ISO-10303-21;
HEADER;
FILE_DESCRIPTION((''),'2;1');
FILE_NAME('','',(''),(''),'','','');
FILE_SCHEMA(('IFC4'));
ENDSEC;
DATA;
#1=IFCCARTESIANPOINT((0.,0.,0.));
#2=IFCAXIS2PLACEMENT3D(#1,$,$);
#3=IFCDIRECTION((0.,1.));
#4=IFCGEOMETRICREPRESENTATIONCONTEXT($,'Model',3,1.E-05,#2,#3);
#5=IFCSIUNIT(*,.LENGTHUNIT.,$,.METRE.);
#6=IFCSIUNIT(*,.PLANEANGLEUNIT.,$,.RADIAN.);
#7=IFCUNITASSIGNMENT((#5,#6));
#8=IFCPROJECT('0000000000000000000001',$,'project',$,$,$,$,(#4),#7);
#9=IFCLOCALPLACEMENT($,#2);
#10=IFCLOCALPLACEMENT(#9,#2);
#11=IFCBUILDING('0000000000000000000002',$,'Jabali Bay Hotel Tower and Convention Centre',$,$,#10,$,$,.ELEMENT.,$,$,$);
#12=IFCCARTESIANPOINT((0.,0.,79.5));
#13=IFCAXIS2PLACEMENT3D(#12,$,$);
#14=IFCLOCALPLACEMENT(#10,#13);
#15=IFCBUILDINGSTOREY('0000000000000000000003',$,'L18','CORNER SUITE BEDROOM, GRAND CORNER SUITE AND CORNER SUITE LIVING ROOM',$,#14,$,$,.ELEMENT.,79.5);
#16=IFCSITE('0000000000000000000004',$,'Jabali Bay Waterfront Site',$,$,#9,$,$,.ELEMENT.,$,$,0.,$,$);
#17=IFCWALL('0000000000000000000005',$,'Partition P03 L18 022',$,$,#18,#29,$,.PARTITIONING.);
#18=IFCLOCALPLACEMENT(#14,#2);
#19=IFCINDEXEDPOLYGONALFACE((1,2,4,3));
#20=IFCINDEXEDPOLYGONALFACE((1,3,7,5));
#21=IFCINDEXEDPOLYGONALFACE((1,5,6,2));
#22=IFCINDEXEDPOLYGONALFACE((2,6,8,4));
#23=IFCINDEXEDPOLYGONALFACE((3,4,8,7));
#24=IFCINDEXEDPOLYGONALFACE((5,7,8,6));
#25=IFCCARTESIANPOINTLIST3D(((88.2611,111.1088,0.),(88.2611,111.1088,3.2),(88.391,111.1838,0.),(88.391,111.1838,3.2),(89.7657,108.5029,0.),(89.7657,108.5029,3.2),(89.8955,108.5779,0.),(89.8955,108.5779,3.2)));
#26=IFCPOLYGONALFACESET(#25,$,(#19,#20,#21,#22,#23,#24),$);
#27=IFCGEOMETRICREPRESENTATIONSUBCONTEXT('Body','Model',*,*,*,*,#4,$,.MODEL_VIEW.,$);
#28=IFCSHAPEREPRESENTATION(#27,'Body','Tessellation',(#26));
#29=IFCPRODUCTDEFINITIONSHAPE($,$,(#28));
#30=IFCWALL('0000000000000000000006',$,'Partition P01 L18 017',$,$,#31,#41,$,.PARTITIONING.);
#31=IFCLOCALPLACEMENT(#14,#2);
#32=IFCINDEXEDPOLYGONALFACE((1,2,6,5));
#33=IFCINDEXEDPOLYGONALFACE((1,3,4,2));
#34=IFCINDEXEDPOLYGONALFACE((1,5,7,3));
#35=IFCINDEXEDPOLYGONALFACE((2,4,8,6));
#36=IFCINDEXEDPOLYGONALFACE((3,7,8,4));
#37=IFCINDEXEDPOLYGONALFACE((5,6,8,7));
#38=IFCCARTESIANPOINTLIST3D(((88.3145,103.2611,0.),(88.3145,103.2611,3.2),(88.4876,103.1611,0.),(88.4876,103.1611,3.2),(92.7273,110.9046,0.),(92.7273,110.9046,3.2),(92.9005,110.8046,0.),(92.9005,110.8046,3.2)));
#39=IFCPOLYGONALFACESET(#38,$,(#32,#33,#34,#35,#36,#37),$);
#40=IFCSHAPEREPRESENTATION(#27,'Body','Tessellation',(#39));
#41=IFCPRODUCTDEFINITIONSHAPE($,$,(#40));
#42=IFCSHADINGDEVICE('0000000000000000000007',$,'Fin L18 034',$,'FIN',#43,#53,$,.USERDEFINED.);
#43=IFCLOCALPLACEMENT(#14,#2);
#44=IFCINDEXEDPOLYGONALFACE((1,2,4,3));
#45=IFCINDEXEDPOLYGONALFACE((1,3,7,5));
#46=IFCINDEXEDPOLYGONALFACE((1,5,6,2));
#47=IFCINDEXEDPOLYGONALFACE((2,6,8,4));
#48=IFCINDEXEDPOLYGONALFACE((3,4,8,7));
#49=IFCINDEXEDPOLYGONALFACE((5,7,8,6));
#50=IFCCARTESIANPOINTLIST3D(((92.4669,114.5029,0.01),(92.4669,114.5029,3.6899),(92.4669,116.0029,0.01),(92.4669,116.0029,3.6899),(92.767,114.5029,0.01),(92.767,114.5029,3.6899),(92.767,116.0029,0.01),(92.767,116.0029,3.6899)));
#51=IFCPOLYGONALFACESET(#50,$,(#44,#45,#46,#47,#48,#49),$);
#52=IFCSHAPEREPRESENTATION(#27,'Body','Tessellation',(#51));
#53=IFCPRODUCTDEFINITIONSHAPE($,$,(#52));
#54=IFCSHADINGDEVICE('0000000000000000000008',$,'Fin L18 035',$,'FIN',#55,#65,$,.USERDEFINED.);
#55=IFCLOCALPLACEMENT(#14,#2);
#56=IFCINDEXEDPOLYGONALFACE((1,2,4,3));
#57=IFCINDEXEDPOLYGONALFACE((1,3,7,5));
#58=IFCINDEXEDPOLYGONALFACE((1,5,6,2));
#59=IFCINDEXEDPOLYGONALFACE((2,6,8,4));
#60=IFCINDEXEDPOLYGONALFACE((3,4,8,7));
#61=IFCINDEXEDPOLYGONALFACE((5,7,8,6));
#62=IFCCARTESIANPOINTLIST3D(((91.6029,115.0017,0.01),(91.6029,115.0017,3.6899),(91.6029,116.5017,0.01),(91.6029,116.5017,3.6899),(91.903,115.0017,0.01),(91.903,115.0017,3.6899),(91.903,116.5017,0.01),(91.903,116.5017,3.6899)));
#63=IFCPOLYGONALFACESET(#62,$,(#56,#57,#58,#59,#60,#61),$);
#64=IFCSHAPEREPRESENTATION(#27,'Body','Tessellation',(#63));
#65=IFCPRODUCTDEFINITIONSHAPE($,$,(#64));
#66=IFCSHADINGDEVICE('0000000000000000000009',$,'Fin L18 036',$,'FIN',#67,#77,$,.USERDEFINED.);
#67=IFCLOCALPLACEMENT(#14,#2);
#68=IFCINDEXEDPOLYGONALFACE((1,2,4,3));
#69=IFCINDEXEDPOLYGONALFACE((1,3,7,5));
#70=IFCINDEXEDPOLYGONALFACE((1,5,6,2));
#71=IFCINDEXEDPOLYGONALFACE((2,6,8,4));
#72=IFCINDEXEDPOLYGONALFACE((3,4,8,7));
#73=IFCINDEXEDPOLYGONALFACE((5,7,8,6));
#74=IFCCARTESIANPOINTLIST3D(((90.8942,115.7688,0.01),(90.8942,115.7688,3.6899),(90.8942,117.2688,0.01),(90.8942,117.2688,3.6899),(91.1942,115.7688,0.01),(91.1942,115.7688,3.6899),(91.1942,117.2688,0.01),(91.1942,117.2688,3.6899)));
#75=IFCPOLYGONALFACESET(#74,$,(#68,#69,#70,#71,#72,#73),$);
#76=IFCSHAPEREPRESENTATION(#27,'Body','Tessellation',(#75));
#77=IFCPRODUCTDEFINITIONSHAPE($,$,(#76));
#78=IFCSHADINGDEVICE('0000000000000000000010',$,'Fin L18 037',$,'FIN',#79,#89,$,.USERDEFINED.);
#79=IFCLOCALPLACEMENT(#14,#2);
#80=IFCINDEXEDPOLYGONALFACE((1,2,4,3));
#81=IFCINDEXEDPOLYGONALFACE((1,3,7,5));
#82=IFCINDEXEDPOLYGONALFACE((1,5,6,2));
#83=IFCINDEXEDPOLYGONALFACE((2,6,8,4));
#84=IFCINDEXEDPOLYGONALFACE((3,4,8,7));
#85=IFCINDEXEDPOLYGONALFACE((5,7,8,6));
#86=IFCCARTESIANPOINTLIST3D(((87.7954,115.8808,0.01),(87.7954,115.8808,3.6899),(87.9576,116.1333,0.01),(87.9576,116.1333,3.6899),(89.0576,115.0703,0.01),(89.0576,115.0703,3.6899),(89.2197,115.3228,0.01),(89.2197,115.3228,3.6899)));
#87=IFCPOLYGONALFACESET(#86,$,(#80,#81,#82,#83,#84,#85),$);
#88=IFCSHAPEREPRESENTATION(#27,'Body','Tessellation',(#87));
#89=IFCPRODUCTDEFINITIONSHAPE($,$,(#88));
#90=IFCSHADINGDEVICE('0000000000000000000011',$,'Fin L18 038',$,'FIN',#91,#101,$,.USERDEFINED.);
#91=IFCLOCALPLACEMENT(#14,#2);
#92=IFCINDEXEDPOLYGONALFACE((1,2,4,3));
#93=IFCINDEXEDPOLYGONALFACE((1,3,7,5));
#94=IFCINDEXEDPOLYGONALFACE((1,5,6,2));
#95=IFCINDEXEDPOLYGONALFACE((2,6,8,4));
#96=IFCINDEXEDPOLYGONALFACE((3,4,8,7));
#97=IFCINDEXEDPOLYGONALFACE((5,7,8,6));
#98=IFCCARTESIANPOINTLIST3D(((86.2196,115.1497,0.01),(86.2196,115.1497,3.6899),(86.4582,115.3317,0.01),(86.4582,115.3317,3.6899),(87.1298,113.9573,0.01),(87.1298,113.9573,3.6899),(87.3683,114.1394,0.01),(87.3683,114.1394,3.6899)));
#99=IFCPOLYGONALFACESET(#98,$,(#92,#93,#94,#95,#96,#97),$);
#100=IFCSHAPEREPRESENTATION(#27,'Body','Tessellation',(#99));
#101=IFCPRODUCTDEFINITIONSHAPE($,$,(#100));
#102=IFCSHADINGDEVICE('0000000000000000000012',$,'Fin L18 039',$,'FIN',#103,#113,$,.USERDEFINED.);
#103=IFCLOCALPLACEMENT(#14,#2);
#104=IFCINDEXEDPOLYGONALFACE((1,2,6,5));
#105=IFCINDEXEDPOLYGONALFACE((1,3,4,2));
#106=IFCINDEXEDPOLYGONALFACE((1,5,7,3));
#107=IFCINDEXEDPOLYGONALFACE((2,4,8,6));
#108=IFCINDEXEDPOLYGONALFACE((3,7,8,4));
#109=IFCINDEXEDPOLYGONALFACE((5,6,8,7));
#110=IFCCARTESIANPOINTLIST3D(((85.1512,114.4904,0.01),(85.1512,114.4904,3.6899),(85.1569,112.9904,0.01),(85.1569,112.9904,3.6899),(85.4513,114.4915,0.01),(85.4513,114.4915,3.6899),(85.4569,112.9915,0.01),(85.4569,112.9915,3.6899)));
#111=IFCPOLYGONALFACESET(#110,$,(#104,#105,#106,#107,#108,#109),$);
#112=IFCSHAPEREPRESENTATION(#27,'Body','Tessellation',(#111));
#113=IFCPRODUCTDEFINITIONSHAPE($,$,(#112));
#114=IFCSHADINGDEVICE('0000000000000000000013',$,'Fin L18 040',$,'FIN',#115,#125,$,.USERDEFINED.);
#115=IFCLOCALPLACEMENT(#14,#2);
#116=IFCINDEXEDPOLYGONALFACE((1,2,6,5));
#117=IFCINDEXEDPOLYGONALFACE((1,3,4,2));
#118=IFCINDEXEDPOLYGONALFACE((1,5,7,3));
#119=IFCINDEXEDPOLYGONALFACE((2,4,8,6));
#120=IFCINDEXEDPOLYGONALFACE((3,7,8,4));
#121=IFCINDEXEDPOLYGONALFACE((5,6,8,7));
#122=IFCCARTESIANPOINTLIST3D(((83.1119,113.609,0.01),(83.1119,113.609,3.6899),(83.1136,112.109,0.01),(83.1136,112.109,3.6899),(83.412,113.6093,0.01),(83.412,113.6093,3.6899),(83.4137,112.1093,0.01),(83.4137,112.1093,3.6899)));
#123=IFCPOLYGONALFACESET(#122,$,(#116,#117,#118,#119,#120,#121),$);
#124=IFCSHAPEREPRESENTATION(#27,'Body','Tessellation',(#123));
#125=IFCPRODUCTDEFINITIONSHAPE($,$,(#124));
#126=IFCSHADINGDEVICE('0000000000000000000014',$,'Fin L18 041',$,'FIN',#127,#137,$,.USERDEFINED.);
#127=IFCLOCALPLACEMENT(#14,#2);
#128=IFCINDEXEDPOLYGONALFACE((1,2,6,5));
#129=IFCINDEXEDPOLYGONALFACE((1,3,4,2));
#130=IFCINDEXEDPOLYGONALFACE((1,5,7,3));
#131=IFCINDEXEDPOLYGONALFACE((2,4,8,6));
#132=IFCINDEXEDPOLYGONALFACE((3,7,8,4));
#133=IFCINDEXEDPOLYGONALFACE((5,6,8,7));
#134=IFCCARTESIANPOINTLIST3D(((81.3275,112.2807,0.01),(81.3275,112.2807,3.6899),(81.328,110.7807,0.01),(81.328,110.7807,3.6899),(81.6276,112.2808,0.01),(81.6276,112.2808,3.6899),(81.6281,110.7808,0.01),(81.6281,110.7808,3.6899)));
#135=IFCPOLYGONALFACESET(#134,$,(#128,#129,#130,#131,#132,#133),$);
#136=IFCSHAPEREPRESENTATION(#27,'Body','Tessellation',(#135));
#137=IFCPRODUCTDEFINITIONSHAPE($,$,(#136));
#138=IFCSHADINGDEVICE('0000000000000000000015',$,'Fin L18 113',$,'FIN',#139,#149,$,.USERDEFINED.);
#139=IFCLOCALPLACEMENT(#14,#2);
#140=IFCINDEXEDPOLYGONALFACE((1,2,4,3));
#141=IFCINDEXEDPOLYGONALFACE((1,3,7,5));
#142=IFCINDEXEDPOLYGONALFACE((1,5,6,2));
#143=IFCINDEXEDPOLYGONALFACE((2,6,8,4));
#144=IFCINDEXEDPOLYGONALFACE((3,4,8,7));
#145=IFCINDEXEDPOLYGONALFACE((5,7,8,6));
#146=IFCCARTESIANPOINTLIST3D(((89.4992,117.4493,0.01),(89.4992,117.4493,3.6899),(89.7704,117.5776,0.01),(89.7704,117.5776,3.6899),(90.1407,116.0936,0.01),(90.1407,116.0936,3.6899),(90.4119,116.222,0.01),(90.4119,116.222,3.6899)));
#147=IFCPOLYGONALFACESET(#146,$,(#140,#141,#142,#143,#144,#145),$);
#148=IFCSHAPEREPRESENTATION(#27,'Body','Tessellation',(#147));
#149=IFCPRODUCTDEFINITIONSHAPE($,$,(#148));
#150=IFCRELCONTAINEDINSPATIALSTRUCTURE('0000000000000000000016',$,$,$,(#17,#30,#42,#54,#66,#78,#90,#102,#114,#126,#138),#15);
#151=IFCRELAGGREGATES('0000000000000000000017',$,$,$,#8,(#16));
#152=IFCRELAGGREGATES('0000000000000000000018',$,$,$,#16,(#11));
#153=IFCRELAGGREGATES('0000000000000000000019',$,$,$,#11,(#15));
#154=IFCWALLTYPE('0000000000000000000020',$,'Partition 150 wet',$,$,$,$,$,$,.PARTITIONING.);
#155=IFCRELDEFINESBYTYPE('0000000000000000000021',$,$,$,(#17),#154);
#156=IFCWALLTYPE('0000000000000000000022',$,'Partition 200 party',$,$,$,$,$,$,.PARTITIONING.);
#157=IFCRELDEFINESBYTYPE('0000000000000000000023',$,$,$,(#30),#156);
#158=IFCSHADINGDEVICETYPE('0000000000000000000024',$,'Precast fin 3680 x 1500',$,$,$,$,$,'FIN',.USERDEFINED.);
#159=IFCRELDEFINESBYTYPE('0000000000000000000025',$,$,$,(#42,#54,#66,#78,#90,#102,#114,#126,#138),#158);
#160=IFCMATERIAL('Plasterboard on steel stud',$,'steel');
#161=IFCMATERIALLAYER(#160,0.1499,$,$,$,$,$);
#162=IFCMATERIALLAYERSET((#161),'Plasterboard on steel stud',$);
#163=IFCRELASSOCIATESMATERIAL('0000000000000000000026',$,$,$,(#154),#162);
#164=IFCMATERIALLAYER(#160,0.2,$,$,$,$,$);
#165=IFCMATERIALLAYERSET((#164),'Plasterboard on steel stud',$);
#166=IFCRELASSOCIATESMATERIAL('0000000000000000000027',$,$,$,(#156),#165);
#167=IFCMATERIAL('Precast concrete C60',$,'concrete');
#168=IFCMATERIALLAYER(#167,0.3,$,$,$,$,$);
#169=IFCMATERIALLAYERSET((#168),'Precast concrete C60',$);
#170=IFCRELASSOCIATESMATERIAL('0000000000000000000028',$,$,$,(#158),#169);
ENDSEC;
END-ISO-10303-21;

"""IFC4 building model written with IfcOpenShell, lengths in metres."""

from ifc_helpers import new_model, si_unit, direction, frame, frame_2d, origin, place, context, subcontext, project, spatial, rectangle, extrude, material, layer, layer_set, type_object, element, save


model = new_model("IFC4")

# Units and contexts
model_context = context("Model", 3, precision=1e-05, world=origin(), true_north=direction((0.0, 1.0)))
body_context = subcontext(model_context, "Body", "Model", "MODEL_VIEW")
ifc_project = project(units=[si_unit("LENGTHUNIT", "METRE"), si_unit("PLANEANGLEUNIT", "RADIAN")], contexts=[model_context])

# Site, building, storey
site_placement = place(None, origin())
site = spatial("IfcSite", under=ifc_project, at=site_placement, Name="Jabali Bay Waterfront Site", CompositionType="ELEMENT", RefElevation=0.0)
building_placement = place(site_placement, origin())
building = spatial("IfcBuilding", under=site, at=building_placement, Name="Jabali Bay Hotel Tower and Convention Centre", CompositionType="ELEMENT")
storey_placement = place(building_placement, frame((0.0, 0.0, 79.5)))
storey = spatial("IfcBuildingStorey", under=building, at=storey_placement, Name="L18", Description="CORNER SUITE BEDROOM, GRAND CORNER SUITE AND CORNER SUITE LIVING ROOM", CompositionType="ELEMENT", Elevation=79.5)

# Shared definitions
ifc_material_1 = material(Name="Plasterboard on steel stud", Category="steel")
ifc_layer_1 = layer(ifc_material_1, 0.1499)
ifc_layer_set_1 = layer_set([ifc_layer_1], Name="Plasterboard on steel stud")
wall_type_1 = type_object("IfcWallType", Name="Partition 150 wet", PredefinedType="PARTITIONING", material=ifc_layer_set_1)

# Walls
wall_1_placement = place(storey_placement, frame((89.8306, 108.5405, 0.0), z_axis=(0.0, 0.0, 1.0), x_axis=(-0.500022, 0.866013, 0.0)))
element("IfcWall", 1, at=wall_1_placement, inside=storey, type_object=wall_type_1, Name="Partition P03 L18 022", PredefinedType="PARTITIONING", context=body_context, shape_type="SweptSolid", body=[
    extrude(rectangle(XDim=3.009, YDim=0.1499, at=frame_2d((1.5044, 0.0))), origin(), (0.0, 0.0, 1.0), 3.2),
])
ifc_layer_2 = layer(ifc_material_1, 0.2)
ifc_layer_set_2 = layer_set([ifc_layer_2], Name="Plasterboard on steel stud")
wall_type_2 = type_object("IfcWallType", Name="Partition 200 party", PredefinedType="PARTITIONING", material=ifc_layer_set_2)
wall_2_placement = place(storey_placement, frame((92.814, 110.8547, 0.0), z_axis=(0.0, 0.0, 1.0), x_axis=(-0.499986, -0.866034, 0.0)))
element("IfcWall", 2, at=wall_2_placement, inside=storey, type_object=wall_type_2, Name="Partition P01 L18 017", PredefinedType="PARTITIONING", context=body_context, shape_type="SweptSolid", body=[
    extrude(rectangle(XDim=8.8259, YDim=0.2, at=frame_2d((4.4131, 0.0))), origin(), (0.0, 0.0, 1.0), 3.2),
])

# Shading devices
ifc_material_2 = material(Name="Precast concrete C60", Category="concrete")
ifc_layer_3 = layer(ifc_material_2, 0.3)
ifc_layer_set_3 = layer_set([ifc_layer_3], Name="Precast concrete C60")
shading_device_type = type_object("IfcShadingDeviceType", Name="Precast fin 3680 x 1500", ElementType="FIN", PredefinedType="USERDEFINED", material=ifc_layer_set_3)
for number, where, z_axis, x_axis, name in (
    (3, (92.6169, 114.5029, 0.01), (0.0, 0.0, 1.0), (0.0, 1.0, 0.0), "Fin L18 034"),
    (4, (91.7529, 115.0017, 0.01), (0.0, 0.0, 1.0), (0.0, 1.0, 0.0), "Fin L18 035"),
    (5, (91.0442, 115.7688, 0.01), (0.0, 0.0, 1.0), (0.0, 1.0, 0.0), "Fin L18 036"),
    (6, (89.1387, 115.1965, 0.01), (0.0, 0.0, 1.0), (-0.841443, 0.540346, 0.0), "Fin L18 037"),
    (7, (87.249, 114.0483, 0.01), (0.0, 0.0, 1.0), (-0.606749, 0.794893, 0.0), "Fin L18 038"),
    (8, (85.3069, 112.991, 0.01), (0.0, 0.0, 1.0), (-0.003743, 0.999993, 0.0), "Fin L18 039"),
    (9, (83.2637, 112.1091, 0.01), (0.0, 0.0, 1.0), (-0.001139, 0.999999, 0.0), "Fin L18 040"),
    (10, (81.478, 110.7808, 0.01), (0.0, 0.0, 1.0), (-0.000326, 1.0, 0.0), "Fin L18 041"),
):
    element("IfcShadingDevice", number, at=place(storey_placement, frame(where, z_axis=z_axis, x_axis=x_axis)), inside=storey, type_object=shading_device_type, Name=name, ObjectType="FIN", PredefinedType="USERDEFINED", context=body_context, shape_type="SweptSolid", body=[
        extrude(rectangle(XDim=1.5, YDim=0.3, at=frame_2d((0.75, 0.0))), origin(), (0.0, 0.0, 1.0), 3.6799),
    ])
shading_device_placement = place(storey_placement, frame((90.2764, 116.1577, 0.01), z_axis=(0.0, 0.0, 1.0), x_axis=(-0.427771, 0.903887, 0.0)))
element("IfcShadingDevice", 11, at=shading_device_placement, inside=storey, type_object=shading_device_type, Name="Fin L18 113", ObjectType="FIN", PredefinedType="USERDEFINED", context=body_context, shape_type="SweptSolid", body=[
    extrude(rectangle(XDim=1.4998, YDim=0.3, at=frame_2d((0.75, 0.0))), origin(), (0.0, 0.0, 1.0), 3.6799),
])

save(model, "model.ifc")
